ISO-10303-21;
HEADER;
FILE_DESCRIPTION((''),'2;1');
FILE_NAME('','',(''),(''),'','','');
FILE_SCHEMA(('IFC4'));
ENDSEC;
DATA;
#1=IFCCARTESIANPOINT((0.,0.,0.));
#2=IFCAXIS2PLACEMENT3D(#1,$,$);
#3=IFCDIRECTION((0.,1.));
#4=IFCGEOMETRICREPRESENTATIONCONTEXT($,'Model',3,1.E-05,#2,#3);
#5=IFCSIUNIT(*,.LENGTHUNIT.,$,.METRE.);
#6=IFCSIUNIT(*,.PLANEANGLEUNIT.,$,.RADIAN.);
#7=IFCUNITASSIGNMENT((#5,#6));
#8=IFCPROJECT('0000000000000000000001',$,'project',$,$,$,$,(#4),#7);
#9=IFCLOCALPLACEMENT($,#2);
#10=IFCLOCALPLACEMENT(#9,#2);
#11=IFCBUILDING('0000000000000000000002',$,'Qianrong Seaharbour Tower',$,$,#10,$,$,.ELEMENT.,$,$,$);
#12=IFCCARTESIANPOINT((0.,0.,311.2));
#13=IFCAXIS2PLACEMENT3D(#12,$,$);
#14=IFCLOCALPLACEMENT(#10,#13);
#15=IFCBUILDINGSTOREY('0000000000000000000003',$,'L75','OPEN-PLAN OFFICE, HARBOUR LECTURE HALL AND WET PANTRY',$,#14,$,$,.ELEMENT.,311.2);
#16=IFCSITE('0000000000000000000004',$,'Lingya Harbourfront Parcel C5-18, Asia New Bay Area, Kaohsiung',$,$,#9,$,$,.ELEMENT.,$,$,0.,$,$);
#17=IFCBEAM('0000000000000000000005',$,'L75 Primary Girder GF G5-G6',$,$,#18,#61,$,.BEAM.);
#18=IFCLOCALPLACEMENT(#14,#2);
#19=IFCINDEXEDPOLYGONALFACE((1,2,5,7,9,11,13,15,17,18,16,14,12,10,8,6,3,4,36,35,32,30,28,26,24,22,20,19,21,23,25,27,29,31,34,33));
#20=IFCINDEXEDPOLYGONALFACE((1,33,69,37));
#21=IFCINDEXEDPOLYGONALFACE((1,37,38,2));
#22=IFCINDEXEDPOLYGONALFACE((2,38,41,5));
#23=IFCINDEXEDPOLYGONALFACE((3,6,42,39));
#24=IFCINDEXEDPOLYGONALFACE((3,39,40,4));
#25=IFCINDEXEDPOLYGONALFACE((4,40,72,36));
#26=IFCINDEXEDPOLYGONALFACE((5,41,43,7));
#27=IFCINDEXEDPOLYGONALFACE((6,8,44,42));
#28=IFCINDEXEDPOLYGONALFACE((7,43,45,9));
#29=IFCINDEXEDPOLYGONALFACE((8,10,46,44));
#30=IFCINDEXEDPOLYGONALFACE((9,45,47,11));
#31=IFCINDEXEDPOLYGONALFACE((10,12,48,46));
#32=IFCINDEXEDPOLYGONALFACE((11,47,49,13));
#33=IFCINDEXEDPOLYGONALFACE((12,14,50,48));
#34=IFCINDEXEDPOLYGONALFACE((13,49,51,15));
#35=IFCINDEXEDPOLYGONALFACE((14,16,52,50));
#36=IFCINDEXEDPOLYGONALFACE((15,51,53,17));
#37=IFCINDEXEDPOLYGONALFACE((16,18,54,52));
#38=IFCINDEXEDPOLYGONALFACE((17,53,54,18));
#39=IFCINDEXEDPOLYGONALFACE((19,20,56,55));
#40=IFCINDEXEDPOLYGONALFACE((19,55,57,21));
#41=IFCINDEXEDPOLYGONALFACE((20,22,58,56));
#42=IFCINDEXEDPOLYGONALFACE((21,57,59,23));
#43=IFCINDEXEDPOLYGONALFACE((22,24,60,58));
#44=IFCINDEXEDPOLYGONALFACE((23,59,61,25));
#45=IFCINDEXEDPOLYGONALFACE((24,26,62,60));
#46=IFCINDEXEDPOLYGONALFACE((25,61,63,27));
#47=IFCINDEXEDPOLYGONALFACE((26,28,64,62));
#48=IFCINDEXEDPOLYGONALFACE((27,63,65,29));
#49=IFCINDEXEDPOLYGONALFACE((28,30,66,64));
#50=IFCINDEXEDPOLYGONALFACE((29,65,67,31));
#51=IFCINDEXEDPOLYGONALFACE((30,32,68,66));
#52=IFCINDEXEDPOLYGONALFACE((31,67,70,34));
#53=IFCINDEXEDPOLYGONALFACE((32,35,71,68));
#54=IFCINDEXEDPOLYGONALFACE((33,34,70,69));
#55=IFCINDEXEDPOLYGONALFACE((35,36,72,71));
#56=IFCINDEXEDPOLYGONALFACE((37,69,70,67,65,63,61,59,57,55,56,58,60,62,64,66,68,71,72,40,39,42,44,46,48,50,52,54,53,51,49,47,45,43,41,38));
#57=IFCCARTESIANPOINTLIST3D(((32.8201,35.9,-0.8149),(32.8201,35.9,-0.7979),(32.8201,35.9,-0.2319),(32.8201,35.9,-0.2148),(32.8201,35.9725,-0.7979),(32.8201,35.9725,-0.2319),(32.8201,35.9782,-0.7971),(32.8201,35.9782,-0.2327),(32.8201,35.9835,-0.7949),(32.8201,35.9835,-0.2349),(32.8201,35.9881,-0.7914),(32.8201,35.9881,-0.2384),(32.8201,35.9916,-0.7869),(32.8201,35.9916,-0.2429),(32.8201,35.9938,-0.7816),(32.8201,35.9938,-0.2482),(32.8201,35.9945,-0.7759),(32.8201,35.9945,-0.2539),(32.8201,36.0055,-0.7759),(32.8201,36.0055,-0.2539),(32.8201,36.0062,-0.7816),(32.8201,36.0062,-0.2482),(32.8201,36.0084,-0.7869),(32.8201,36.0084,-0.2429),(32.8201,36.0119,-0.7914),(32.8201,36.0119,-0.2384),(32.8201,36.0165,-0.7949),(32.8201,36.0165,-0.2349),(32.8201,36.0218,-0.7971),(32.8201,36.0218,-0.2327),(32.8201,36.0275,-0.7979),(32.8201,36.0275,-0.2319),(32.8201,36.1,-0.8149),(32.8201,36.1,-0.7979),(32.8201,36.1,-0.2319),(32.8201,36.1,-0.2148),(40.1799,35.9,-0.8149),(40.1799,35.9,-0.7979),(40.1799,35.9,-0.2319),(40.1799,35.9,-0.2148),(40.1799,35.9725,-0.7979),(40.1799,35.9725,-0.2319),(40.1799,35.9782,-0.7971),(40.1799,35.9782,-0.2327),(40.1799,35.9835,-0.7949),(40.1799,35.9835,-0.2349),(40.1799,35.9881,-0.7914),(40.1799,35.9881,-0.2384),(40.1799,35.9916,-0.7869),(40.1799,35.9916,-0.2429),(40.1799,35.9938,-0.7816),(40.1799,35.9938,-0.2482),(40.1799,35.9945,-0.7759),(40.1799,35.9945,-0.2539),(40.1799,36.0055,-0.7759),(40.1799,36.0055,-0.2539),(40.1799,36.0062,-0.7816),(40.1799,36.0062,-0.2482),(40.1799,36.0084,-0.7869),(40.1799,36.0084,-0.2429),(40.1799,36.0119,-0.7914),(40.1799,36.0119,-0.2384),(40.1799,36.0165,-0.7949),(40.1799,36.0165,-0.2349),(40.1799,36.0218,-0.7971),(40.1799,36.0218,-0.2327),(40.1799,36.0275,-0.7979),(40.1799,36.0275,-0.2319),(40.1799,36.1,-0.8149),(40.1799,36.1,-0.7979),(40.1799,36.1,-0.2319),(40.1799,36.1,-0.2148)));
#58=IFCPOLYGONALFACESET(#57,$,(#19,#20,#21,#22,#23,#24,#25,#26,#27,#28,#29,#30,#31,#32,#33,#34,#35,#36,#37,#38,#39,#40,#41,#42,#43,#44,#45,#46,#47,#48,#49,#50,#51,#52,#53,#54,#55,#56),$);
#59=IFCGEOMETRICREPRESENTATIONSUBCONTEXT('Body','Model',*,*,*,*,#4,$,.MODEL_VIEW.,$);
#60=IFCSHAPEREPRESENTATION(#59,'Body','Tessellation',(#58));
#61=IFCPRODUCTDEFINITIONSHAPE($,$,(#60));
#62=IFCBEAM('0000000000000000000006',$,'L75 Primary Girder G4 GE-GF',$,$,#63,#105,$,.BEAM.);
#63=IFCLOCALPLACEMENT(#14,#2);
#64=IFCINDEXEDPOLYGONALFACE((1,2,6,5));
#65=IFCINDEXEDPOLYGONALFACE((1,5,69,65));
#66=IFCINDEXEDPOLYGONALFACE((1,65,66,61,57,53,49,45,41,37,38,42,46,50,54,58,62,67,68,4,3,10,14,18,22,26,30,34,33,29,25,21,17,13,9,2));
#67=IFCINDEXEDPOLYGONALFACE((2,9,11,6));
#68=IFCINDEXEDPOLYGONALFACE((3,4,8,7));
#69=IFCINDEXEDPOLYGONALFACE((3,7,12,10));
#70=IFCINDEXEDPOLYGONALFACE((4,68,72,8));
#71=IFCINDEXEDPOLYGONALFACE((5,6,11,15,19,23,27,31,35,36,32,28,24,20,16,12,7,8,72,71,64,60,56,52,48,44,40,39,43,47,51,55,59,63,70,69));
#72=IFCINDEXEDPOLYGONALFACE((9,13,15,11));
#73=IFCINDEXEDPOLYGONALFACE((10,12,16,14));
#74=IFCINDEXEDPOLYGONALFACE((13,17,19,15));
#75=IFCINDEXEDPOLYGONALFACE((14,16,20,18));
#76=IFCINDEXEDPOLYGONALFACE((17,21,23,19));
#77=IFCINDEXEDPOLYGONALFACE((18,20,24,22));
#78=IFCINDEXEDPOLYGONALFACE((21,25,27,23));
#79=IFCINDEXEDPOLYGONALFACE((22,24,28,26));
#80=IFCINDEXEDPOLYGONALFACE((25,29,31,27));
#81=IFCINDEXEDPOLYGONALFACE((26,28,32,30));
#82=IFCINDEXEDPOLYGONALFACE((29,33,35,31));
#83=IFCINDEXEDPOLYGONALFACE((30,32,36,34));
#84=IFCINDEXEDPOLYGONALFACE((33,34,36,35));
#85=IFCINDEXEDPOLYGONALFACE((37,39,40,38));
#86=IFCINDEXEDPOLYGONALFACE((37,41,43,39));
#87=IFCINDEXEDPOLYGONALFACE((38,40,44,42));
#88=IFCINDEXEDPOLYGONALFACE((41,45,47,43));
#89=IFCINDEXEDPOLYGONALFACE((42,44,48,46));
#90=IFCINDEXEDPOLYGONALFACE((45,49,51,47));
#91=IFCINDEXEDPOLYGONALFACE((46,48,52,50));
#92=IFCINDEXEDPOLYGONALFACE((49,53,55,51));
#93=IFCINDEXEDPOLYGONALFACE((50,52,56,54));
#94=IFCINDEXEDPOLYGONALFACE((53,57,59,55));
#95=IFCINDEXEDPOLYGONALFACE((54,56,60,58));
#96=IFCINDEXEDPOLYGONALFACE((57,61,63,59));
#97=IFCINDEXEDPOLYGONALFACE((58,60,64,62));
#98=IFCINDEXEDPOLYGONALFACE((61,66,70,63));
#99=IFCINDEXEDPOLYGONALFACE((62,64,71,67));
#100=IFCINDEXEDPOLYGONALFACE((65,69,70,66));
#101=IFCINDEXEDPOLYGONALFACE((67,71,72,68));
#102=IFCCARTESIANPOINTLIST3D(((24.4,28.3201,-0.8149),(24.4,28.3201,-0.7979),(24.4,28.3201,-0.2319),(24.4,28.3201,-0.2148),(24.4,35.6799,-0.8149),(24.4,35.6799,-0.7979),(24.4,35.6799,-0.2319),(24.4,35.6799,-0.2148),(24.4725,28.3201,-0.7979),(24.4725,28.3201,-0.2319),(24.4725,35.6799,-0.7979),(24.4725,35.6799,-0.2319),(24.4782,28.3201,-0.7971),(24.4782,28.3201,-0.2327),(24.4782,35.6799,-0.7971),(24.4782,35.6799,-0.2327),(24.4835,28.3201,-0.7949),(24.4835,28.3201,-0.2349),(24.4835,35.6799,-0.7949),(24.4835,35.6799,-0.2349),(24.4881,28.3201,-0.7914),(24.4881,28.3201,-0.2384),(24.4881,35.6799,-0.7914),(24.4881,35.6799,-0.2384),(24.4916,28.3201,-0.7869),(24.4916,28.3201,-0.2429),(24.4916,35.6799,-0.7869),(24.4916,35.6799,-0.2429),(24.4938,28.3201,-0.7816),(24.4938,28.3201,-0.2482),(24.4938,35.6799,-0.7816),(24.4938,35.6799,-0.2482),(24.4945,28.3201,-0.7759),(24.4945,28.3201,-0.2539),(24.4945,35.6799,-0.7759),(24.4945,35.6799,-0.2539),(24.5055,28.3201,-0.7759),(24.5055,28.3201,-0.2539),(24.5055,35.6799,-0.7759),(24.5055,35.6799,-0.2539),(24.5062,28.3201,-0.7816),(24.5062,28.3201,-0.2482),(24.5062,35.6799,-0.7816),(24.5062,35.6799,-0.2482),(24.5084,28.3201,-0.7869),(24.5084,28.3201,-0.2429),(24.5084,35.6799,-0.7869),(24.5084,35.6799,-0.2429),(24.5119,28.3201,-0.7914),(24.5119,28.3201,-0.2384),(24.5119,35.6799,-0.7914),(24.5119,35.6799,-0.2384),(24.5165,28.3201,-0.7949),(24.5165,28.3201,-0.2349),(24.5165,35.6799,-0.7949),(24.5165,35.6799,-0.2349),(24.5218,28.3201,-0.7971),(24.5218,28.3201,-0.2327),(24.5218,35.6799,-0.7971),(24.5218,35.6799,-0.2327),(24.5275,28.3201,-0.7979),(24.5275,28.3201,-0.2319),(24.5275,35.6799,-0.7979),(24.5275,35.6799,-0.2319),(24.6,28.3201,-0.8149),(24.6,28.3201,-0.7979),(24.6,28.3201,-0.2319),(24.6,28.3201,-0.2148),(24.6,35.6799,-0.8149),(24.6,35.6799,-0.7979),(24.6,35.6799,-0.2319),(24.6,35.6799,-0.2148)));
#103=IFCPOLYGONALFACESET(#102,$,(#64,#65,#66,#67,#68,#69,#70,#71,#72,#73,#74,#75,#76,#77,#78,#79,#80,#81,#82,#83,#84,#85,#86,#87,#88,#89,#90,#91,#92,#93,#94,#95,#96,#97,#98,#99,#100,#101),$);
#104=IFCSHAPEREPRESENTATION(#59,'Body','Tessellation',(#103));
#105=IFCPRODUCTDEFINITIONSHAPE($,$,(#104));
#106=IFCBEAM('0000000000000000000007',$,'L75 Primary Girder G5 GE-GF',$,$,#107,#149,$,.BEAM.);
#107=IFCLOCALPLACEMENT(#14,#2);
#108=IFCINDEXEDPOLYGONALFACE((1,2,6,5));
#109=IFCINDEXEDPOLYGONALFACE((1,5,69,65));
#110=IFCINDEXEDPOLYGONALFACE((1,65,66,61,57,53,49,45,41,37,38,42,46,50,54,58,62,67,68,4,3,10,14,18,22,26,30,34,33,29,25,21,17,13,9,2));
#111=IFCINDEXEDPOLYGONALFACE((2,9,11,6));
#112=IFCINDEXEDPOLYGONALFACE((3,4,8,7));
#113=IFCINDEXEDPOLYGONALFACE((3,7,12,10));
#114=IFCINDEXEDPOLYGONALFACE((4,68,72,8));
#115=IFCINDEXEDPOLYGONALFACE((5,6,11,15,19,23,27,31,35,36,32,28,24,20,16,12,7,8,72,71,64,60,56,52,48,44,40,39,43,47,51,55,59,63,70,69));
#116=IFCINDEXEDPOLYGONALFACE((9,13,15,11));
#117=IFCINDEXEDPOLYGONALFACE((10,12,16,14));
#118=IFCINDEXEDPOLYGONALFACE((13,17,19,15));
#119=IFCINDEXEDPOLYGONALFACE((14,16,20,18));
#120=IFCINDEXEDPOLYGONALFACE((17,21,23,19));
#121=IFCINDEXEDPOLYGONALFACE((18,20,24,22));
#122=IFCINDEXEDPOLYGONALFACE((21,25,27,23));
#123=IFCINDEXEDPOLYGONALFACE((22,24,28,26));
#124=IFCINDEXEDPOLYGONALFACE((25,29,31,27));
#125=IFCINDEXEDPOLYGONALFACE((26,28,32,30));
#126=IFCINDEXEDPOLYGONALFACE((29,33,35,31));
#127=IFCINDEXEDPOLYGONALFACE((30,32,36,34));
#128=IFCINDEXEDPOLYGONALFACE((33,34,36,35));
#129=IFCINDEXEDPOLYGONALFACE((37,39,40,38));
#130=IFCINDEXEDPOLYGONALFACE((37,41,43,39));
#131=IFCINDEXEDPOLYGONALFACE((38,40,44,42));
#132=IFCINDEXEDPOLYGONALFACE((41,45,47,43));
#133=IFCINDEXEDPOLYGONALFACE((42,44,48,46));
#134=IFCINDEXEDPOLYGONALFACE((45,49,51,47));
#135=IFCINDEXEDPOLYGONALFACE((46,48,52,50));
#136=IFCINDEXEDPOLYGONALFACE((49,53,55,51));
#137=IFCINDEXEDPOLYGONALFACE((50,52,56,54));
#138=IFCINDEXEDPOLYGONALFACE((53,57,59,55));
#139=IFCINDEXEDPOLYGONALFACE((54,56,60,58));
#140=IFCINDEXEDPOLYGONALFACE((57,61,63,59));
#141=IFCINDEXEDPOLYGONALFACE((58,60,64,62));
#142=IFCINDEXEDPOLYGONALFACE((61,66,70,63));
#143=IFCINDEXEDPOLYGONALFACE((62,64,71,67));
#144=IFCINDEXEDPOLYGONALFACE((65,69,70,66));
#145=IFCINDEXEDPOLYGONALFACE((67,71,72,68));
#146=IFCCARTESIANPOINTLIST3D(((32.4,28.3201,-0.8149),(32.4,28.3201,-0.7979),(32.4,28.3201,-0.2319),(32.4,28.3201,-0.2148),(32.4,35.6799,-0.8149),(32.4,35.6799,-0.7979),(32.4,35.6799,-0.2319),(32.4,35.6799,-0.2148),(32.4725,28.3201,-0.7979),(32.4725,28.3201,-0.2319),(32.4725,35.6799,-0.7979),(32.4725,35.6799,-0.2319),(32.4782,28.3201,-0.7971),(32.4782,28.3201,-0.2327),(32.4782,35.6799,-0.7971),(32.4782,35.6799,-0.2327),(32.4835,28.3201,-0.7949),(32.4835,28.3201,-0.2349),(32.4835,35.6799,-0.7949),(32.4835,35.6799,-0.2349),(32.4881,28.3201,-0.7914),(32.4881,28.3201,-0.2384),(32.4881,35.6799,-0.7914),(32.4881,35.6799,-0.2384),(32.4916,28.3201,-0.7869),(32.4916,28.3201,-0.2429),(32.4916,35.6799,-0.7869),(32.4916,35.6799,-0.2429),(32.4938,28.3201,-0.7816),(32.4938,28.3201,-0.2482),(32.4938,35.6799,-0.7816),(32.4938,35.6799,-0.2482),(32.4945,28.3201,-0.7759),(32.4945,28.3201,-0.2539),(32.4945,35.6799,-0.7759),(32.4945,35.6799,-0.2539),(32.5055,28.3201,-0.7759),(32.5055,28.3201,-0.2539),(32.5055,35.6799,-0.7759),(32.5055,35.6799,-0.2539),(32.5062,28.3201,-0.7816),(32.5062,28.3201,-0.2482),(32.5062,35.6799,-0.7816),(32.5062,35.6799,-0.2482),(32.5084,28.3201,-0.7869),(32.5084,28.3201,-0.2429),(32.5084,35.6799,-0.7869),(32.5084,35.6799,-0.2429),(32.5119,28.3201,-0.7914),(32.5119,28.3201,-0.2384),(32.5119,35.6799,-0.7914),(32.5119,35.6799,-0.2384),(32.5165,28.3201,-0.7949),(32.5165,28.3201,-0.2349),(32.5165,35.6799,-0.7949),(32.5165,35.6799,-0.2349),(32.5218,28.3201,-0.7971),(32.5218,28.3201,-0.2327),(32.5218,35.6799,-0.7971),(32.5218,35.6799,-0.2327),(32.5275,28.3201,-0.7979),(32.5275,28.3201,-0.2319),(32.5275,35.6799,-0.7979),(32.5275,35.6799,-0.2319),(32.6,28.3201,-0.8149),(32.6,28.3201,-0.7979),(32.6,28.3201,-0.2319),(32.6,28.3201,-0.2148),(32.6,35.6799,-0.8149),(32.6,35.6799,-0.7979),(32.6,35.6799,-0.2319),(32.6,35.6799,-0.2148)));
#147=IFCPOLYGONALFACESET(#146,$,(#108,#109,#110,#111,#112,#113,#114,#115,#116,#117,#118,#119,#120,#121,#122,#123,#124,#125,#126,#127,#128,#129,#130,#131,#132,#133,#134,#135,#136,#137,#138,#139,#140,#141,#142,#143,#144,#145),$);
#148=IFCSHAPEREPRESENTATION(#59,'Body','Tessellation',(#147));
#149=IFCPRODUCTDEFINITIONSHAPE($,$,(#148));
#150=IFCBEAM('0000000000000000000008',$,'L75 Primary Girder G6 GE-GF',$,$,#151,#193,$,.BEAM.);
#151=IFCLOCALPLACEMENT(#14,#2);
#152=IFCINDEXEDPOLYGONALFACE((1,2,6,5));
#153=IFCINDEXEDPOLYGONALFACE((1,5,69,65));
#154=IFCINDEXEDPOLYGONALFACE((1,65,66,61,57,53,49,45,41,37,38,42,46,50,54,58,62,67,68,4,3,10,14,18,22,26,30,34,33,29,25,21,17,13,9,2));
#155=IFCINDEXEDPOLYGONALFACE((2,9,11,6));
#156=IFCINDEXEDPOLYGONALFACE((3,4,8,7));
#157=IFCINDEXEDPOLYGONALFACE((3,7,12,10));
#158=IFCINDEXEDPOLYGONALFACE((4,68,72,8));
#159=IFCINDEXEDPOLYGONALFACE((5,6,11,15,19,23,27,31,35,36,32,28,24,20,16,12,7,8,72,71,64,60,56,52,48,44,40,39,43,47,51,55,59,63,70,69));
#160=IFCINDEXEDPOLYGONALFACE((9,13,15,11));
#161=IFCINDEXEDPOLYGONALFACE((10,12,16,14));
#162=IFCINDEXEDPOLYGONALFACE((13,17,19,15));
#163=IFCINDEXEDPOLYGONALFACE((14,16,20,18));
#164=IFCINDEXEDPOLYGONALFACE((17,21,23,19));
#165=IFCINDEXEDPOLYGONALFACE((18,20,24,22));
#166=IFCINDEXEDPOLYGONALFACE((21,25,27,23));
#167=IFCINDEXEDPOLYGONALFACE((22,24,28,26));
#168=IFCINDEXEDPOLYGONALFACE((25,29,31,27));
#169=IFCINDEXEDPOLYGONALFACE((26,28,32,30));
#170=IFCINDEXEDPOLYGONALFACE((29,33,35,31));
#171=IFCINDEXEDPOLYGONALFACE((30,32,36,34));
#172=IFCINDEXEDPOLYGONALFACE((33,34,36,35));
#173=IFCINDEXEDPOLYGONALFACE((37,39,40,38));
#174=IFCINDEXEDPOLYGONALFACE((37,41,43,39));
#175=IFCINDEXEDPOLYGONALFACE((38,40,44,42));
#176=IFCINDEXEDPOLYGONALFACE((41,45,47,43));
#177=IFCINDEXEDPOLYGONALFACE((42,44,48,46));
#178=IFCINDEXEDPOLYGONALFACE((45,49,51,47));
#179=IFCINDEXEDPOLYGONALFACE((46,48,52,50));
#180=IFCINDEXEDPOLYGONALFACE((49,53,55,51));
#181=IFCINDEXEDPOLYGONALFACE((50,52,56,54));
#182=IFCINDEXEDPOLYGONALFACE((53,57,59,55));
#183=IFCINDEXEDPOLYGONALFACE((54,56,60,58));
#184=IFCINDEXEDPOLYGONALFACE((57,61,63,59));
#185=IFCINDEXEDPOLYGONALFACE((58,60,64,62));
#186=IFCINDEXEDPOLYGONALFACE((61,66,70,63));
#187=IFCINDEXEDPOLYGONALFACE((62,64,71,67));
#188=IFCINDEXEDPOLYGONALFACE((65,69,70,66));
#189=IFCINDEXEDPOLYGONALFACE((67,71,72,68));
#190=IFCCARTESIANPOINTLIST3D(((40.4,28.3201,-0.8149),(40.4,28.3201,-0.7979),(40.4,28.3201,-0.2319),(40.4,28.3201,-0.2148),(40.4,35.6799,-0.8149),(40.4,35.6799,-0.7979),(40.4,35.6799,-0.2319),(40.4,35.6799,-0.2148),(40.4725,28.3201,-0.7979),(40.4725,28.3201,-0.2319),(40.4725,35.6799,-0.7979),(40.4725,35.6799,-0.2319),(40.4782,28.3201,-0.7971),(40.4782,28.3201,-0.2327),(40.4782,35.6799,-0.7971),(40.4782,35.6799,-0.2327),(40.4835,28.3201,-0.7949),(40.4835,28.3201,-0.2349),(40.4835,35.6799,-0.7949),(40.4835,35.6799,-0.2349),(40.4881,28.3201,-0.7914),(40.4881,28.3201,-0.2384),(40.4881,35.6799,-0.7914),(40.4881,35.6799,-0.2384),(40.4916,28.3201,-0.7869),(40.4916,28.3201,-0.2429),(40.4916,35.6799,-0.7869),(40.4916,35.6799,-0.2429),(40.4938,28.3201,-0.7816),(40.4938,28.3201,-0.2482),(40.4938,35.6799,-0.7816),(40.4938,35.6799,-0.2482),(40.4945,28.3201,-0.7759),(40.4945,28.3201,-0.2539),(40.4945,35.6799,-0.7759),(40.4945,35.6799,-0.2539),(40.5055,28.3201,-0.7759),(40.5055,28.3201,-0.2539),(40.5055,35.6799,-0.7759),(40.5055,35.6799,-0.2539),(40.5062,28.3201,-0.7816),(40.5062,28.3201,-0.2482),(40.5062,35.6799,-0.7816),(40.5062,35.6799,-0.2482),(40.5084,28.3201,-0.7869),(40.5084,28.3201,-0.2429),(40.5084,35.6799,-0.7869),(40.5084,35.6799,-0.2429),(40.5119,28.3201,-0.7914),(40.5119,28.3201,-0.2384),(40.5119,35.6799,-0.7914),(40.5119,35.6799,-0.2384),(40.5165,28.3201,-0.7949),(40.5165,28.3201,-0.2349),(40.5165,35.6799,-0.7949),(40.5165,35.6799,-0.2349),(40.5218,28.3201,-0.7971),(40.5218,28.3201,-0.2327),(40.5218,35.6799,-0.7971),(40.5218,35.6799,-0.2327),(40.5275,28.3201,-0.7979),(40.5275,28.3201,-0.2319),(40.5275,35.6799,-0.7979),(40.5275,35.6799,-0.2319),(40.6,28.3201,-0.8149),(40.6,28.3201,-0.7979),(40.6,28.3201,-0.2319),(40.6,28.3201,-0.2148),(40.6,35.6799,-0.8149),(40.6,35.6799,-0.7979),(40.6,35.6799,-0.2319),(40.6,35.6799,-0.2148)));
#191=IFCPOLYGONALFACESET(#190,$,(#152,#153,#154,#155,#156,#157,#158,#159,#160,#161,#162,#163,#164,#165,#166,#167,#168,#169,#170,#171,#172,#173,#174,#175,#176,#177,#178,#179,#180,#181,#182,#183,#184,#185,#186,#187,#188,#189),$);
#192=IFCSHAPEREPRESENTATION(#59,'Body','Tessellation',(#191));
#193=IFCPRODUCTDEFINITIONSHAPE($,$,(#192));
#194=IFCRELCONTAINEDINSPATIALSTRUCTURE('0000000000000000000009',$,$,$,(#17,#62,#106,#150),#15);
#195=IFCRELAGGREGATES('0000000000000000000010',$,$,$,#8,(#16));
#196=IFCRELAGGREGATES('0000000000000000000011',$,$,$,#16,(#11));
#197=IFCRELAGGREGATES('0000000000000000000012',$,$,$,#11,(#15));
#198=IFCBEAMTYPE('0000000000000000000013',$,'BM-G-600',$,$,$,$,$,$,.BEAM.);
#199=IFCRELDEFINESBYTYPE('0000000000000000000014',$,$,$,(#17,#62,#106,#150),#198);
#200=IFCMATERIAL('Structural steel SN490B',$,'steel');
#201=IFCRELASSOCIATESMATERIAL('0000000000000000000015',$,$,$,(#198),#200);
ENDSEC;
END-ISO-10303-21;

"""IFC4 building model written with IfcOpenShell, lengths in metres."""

from ifc_helpers import new_model, si_unit, direction, frame, origin, origin_2d, place, context, subcontext, project, spatial, i_section, extrude, material, material_profile, profile_set, type_object, element, save


model = new_model("IFC4")

# Units and contexts
model_context = context("Model", 3, precision=1e-05, world=origin(), true_north=direction((0.0, 1.0)))
body_context = subcontext(model_context, "Body", "Model", "MODEL_VIEW")
ifc_project = project(units=[si_unit("LENGTHUNIT", "METRE"), si_unit("PLANEANGLEUNIT", "RADIAN")], contexts=[model_context])

# Site, building, storey
site_placement = place(None, origin())
site = spatial("IfcSite", under=ifc_project, at=site_placement, Name="Lingya Harbourfront Parcel C5-18, Asia New Bay Area, Kaohsiung", CompositionType="ELEMENT", RefElevation=0.0)
building_placement = place(site_placement, origin())
building = spatial("IfcBuilding", under=site, at=building_placement, Name="Qianrong Seaharbour Tower", CompositionType="ELEMENT")
storey_placement = place(building_placement, frame((0.0, 0.0, 311.2)))
storey = spatial("IfcBuildingStorey", under=building, at=storey_placement, Name="L75", Description="OPEN-PLAN OFFICE, HARBOUR LECTURE HALL AND WET PANTRY", CompositionType="ELEMENT", Elevation=311.2)

# Shared definitions
ifc_material_1 = material(Name="Structural steel SN490B", Category="steel")

# Beams
ifc_material_profile_1 = material_profile(ifc_material_1, i_section(OverallWidth=0.2, OverallDepth=0.6001, WebThickness=0.011, FlangeThickness=0.0171, FilletRadius=0.022, at=origin_2d()), Name="H600x200x11x17")
ifc_profile_set_1 = profile_set([ifc_material_profile_1], Name="Structural steel SN490B")
beam_type_1 = type_object("IfcBeamType", Name="BM-G-600", PredefinedType="BEAM", material=ifc_profile_set_1)
for number, where, z_axis, x_axis, name in (
    (1, (32.8201, 36.0, -0.5149), (1.0, 0.0, 0.0), (0.0, 1.0, 0.0), "L75 Primary Girder GF G5-G6"),
    (2, (24.5, 28.3201, -0.5149), (0.0, 1.0, 0.0), (-1.0, 0.0, 0.0), "L75 Primary Girder G4 GE-GF"),
    (3, (32.5, 28.3201, -0.5149), (0.0, 1.0, 0.0), (-1.0, 0.0, 0.0), "L75 Primary Girder G5 GE-GF"),
    (4, (40.5, 28.3201, -0.5149), (0.0, 1.0, 0.0), (-1.0, 0.0, 0.0), "L75 Primary Girder G6 GE-GF"),
):
    element("IfcBeam", number, at=place(storey_placement, frame(where, z_axis=z_axis, x_axis=x_axis)), inside=storey, type_object=beam_type_1, Name=name, PredefinedType="BEAM", context=body_context, shape_type="SweptSolid", body=[
        extrude(i_section(OverallWidth=0.2, OverallDepth=0.6001, WebThickness=0.011, FlangeThickness=0.0171, FilletRadius=0.022, at=origin_2d()), origin(), (0.0, 0.0, 1.0), 7.3599),
    ])

save(model, "model.ifc")
